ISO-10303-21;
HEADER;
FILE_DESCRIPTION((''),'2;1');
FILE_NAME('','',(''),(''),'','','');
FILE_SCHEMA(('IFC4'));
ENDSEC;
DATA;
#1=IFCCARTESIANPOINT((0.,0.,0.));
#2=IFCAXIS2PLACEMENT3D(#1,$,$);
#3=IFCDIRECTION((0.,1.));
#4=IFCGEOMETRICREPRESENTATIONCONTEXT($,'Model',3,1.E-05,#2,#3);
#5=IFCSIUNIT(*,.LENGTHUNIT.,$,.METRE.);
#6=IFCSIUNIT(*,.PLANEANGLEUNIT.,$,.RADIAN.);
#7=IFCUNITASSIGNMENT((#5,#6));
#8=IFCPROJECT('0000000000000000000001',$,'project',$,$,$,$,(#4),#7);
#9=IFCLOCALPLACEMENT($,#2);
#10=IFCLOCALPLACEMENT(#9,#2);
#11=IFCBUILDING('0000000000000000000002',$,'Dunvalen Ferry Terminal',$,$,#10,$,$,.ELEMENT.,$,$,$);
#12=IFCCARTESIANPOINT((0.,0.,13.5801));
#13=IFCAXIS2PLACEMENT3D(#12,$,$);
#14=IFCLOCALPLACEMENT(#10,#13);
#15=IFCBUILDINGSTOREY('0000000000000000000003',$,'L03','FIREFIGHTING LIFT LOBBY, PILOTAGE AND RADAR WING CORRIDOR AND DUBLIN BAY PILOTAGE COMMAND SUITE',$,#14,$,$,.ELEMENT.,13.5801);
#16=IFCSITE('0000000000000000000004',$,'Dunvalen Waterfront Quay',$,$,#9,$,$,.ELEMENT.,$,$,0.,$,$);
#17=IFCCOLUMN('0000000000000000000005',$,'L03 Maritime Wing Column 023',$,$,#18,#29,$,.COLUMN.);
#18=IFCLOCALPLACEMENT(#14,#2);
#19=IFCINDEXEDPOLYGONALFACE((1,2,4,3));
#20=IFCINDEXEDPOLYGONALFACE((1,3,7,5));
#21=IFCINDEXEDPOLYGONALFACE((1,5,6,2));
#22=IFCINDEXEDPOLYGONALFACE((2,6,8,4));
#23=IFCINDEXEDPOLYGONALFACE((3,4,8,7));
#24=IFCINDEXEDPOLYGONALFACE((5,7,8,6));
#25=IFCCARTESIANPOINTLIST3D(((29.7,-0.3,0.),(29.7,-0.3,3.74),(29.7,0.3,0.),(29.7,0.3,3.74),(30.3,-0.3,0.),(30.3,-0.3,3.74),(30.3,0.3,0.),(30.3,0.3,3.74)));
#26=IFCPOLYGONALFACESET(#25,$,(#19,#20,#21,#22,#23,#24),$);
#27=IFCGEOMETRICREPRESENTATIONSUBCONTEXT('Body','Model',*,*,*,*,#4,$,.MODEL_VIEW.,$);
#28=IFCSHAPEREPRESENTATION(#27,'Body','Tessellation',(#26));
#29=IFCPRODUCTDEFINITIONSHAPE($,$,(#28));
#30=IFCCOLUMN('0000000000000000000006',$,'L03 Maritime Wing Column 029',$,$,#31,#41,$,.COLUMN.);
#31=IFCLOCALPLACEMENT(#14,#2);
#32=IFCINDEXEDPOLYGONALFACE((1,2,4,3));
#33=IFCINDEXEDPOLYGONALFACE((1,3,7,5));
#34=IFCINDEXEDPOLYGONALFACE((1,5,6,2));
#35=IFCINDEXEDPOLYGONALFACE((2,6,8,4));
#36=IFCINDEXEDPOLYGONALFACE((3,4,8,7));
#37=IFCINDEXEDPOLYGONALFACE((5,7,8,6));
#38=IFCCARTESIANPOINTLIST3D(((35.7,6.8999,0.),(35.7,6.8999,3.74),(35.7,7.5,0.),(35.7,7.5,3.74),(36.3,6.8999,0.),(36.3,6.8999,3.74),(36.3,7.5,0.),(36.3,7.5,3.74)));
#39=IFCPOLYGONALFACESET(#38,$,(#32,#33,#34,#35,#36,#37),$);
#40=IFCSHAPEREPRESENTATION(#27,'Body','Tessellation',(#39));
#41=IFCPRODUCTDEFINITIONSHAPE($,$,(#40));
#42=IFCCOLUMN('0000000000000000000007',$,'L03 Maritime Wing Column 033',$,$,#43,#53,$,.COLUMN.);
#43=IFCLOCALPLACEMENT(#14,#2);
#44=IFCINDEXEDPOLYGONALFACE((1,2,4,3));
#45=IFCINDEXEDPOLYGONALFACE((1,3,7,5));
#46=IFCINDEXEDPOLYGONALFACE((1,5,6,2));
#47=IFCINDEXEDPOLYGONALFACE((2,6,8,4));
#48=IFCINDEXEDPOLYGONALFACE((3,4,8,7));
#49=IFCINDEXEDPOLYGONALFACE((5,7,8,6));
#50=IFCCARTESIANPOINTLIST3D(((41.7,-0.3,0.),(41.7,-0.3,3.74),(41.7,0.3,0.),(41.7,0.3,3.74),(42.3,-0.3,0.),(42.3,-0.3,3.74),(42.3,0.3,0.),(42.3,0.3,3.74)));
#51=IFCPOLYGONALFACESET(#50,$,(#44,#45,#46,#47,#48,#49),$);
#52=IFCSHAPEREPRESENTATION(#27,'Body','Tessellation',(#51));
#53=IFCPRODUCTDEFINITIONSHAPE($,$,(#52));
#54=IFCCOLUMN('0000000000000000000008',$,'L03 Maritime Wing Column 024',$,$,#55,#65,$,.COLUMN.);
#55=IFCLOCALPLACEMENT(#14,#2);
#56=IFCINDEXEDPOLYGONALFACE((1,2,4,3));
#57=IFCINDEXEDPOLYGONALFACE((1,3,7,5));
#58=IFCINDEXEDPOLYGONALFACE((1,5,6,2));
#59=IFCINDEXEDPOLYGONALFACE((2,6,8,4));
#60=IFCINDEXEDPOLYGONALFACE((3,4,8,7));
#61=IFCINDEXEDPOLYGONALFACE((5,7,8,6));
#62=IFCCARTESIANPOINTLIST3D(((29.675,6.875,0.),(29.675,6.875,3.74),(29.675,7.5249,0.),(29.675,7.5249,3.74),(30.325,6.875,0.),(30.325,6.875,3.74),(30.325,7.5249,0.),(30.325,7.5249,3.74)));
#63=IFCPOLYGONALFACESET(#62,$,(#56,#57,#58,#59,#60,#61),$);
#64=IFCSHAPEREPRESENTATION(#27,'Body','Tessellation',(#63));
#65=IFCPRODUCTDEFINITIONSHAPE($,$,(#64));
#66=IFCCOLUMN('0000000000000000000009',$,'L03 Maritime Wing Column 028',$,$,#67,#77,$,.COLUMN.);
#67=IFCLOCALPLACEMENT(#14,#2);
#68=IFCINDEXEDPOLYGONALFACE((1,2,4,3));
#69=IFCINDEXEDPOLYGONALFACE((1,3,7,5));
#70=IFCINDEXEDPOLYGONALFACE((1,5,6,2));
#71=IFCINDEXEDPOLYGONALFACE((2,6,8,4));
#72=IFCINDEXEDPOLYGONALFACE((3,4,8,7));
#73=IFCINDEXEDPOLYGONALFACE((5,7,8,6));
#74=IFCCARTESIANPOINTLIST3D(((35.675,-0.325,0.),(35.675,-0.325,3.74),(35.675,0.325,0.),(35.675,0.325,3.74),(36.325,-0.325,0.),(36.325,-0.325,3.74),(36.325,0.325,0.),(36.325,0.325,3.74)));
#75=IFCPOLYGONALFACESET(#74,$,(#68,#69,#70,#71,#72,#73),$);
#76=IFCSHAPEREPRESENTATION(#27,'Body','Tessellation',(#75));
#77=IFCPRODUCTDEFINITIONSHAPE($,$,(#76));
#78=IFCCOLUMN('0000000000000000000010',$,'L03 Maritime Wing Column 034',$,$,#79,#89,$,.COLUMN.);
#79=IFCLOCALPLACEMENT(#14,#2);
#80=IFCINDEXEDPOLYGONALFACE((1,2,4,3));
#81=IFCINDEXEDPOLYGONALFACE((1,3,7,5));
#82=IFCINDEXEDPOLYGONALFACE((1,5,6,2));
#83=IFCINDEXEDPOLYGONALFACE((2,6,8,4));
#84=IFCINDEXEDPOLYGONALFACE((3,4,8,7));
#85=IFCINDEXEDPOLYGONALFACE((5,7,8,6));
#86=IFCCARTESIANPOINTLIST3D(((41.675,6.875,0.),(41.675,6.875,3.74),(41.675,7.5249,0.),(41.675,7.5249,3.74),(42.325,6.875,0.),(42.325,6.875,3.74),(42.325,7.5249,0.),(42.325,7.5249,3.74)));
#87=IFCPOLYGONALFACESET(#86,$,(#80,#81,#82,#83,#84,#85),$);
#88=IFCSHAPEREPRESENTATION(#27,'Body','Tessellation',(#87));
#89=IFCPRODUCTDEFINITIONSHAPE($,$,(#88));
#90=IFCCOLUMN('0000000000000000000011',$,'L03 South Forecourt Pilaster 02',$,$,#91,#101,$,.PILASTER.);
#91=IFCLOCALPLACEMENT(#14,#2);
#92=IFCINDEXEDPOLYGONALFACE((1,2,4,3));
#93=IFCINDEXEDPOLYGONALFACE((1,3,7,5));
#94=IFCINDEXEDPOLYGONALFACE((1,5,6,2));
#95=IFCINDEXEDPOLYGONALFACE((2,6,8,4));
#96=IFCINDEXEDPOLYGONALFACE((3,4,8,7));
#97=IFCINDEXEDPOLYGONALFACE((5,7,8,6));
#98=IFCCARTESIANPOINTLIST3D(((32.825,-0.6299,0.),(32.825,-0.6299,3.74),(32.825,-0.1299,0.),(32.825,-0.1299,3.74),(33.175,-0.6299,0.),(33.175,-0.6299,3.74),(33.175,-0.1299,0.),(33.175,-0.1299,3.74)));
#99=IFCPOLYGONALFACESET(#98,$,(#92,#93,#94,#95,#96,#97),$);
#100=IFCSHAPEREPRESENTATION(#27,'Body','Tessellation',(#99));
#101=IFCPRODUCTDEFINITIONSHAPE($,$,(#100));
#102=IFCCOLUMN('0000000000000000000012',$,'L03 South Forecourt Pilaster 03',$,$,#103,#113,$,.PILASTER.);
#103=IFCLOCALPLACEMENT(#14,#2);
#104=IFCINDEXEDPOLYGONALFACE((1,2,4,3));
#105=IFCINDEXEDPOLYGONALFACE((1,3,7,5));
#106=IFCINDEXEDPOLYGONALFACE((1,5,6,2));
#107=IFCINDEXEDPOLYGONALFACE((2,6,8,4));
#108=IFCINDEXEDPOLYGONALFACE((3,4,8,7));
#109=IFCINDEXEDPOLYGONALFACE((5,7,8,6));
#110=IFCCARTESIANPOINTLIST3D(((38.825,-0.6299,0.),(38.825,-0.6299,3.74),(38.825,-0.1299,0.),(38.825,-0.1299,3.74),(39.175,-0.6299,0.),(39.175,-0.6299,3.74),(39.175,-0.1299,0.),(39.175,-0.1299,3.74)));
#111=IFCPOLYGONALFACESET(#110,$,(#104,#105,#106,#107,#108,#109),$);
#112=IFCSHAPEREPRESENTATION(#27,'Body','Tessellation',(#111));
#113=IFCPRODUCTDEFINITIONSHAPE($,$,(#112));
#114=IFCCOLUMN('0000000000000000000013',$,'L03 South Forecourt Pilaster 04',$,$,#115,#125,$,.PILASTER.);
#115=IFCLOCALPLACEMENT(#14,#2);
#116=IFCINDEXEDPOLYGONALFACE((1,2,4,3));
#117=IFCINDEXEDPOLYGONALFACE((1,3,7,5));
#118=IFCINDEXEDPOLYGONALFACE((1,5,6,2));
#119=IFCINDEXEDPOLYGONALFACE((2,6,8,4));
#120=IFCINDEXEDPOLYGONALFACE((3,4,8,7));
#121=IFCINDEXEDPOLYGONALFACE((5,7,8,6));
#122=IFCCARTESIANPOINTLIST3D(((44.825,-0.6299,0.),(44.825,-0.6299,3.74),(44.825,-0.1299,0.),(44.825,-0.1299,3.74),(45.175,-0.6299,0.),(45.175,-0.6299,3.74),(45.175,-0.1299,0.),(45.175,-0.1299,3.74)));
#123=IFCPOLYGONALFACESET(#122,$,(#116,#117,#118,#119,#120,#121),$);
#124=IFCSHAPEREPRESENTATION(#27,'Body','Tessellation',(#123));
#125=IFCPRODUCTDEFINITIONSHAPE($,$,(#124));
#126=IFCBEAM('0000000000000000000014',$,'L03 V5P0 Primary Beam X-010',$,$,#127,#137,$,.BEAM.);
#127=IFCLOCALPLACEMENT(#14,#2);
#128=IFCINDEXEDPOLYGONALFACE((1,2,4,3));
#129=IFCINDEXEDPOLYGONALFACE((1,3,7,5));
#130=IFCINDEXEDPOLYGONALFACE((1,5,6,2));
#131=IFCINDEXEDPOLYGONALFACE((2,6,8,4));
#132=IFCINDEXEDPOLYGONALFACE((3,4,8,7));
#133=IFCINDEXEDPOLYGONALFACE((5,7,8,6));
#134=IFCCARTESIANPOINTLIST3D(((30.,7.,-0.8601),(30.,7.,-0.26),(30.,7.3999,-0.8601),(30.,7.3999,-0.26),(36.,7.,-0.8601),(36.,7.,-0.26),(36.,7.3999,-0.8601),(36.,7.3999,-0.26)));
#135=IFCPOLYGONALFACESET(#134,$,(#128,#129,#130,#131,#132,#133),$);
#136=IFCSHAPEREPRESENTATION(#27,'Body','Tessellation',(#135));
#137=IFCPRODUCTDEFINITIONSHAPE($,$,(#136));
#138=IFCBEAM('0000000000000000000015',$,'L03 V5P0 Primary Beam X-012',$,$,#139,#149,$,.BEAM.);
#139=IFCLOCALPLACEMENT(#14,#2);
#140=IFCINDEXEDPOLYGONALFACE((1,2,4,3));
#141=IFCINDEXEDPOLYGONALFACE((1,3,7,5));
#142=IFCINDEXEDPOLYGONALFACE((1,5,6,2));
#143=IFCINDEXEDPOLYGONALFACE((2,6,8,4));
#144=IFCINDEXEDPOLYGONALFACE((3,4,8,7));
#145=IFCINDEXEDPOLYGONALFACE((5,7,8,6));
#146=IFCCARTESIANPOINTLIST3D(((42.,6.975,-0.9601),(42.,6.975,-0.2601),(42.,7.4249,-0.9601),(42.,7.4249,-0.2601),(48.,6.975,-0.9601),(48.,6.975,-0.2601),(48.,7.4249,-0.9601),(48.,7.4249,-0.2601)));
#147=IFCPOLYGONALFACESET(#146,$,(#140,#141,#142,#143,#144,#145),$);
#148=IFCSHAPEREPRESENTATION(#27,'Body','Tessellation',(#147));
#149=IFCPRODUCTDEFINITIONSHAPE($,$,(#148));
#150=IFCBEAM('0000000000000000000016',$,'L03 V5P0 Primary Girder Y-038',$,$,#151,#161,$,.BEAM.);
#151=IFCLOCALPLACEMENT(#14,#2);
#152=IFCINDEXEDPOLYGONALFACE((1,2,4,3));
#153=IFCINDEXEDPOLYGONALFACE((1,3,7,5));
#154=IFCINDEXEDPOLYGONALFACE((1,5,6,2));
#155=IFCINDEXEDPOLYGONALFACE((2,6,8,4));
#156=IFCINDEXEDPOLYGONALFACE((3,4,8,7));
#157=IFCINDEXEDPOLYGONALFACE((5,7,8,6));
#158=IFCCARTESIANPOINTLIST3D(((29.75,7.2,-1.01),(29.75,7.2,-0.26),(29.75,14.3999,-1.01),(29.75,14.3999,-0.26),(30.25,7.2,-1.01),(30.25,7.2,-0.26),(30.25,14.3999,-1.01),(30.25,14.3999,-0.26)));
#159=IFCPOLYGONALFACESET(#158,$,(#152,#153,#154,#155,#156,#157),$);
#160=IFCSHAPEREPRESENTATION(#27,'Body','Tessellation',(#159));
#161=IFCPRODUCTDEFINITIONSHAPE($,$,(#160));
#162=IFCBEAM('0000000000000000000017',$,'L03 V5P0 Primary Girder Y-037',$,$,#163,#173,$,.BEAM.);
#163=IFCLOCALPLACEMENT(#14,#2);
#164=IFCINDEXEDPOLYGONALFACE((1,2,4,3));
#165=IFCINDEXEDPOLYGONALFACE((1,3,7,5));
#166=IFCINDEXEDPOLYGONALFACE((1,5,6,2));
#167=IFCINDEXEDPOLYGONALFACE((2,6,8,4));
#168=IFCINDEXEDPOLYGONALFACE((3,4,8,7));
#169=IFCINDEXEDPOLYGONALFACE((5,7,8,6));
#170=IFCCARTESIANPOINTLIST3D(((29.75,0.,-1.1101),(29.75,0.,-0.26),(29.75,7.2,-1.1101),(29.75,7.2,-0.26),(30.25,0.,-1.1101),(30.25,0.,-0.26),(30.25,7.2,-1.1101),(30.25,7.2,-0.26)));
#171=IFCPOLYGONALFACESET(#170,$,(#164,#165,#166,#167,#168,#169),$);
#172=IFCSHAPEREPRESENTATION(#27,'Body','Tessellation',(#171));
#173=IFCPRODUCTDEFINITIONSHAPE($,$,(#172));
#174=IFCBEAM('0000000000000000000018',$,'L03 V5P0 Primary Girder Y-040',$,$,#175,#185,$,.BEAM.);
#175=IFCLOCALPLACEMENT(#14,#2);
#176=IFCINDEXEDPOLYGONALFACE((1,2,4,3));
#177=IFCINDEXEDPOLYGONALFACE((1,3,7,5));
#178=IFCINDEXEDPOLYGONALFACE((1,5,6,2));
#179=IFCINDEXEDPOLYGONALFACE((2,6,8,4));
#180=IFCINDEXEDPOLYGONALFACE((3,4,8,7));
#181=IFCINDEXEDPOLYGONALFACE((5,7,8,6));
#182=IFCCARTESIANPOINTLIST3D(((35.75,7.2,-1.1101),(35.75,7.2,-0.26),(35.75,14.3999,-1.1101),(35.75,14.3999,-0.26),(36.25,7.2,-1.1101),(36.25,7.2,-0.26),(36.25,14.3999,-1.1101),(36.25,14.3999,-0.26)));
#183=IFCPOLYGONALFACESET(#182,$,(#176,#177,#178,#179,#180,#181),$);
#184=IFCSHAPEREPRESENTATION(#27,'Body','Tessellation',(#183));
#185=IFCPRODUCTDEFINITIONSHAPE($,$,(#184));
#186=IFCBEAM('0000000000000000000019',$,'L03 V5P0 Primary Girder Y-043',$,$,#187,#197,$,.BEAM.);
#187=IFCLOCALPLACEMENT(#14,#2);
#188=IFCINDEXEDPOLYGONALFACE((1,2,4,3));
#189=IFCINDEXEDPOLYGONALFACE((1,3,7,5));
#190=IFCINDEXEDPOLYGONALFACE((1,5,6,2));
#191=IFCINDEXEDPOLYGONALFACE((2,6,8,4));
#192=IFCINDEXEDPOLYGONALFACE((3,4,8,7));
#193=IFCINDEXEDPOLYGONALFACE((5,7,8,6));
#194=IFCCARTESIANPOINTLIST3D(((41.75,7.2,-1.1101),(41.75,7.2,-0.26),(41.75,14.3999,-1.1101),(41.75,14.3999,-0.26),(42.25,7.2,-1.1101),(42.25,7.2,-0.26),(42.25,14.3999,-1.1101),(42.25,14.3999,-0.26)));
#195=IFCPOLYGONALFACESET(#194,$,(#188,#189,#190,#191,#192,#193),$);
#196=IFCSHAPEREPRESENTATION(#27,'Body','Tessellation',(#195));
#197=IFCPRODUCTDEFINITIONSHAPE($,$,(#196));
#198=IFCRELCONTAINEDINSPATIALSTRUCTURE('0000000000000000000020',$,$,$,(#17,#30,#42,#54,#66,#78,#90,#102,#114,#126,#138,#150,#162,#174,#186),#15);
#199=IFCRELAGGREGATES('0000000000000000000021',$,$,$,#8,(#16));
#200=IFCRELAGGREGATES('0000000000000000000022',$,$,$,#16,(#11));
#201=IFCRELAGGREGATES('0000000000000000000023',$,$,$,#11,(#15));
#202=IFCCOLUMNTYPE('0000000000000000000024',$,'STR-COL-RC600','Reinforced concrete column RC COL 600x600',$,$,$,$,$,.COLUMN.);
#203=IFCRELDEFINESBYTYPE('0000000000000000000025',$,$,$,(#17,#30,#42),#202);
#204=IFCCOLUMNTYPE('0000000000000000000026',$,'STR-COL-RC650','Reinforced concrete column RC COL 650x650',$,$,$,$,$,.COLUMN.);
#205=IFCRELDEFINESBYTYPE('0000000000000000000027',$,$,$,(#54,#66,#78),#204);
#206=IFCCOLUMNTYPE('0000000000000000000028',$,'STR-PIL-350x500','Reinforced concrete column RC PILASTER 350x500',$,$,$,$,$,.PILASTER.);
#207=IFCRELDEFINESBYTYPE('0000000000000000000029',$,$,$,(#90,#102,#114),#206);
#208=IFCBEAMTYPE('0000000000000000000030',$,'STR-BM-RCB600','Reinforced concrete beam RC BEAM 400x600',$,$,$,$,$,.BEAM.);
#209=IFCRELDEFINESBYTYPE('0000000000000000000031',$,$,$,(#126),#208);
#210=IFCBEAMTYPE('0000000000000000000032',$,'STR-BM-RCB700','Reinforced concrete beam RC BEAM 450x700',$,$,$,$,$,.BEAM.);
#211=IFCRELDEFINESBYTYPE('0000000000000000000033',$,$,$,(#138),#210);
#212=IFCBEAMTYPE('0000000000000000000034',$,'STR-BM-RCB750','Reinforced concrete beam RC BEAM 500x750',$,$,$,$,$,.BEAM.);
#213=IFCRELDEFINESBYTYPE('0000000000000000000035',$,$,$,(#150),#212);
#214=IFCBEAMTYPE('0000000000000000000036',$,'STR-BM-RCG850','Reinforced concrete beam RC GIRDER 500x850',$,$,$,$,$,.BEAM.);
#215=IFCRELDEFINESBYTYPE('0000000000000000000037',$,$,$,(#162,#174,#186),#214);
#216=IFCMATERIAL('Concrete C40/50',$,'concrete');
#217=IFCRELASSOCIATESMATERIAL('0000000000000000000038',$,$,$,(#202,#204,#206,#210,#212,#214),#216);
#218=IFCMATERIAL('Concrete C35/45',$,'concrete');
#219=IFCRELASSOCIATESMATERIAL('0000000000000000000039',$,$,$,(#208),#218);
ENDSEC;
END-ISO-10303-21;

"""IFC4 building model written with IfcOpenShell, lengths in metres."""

from ifc_helpers import new_model, si_unit, direction, frame, origin, origin_2d, place, context, subcontext, project, spatial, rectangle, extrude, material, material_profile, profile_set, type_object, element, save


model = new_model("IFC4")

# Units and contexts
model_context = context("Model", 3, precision=1e-05, world=origin(), true_north=direction((0.0, 1.0)))
body_context = subcontext(model_context, "Body", "Model", "MODEL_VIEW")
ifc_project = project(units=[si_unit("LENGTHUNIT", "METRE"), si_unit("PLANEANGLEUNIT", "RADIAN")], contexts=[model_context])

# Site, building, storey
site_placement = place(None, origin())
site = spatial("IfcSite", under=ifc_project, at=site_placement, Name="Dunvalen Waterfront Quay", CompositionType="ELEMENT", RefElevation=0.0)
building_placement = place(site_placement, origin())
building = spatial("IfcBuilding", under=site, at=building_placement, Name="Dunvalen Ferry Terminal", CompositionType="ELEMENT")
storey_placement = place(building_placement, frame((0.0, 0.0, 13.5801)))
storey = spatial("IfcBuildingStorey", under=building, at=storey_placement, Name="L03", Description="FIREFIGHTING LIFT LOBBY, PILOTAGE AND RADAR WING CORRIDOR AND DUBLIN BAY PILOTAGE COMMAND SUITE", CompositionType="ELEMENT", Elevation=13.5801)

# Columns
ifc_material_1 = material(Name="Concrete C40/50", Category="concrete")
ifc_material_profile_1 = material_profile(ifc_material_1, rectangle(XDim=0.6001, YDim=0.6001, at=origin_2d()), Name="Concrete C40/50")
ifc_profile_set_1 = profile_set([ifc_material_profile_1], Name="Concrete C40/50")
column_type_1 = type_object("IfcColumnType", Name="STR-COL-RC600", Description="Reinforced concrete column RC COL 600x600", PredefinedType="COLUMN", material=ifc_profile_set_1)
for number, where, z_axis, x_axis, name in (
    (1, (30.0, 0.0, 0.0), (0.0, 0.0, 1.0), (1.0, 0.0, 0.0), "L03 Maritime Wing Column 023"),
    (2, (36.0, 7.2, 0.0), (0.0, 0.0, 1.0), (1.0, 0.0, 0.0), "L03 Maritime Wing Column 029"),
    (3, (42.0, 0.0, 0.0), (0.0, 0.0, 1.0), (1.0, 0.0, 0.0), "L03 Maritime Wing Column 033"),
):
    element("IfcColumn", number, at=place(storey_placement, frame(where, z_axis=z_axis, x_axis=x_axis)), inside=storey, type_object=column_type_1, Name=name, PredefinedType="COLUMN", context=body_context, shape_type="SweptSolid", body=[
        extrude(rectangle(XDim=0.6001, YDim=0.6001, at=origin_2d()), origin(), (0.0, 0.0, 1.0), 3.74),
    ])
ifc_material_profile_2 = material_profile(ifc_material_1, rectangle(XDim=0.6499, YDim=0.6499, at=origin_2d()), Name="Concrete C40/50")
ifc_profile_set_2 = profile_set([ifc_material_profile_2], Name="Concrete C40/50")
column_type_2 = type_object("IfcColumnType", Name="STR-COL-RC650", Description="Reinforced concrete column RC COL 650x650", PredefinedType="COLUMN", material=ifc_profile_set_2)
for number, where, z_axis, x_axis, name in (
    (4, (30.0, 7.2, 0.0), (0.0, 0.0, 1.0), (1.0, 0.0, 0.0), "L03 Maritime Wing Column 024"),
    (5, (36.0, 0.0, 0.0), (0.0, 0.0, 1.0), (1.0, 0.0, 0.0), "L03 Maritime Wing Column 028"),
    (6, (42.0, 7.2, 0.0), (0.0, 0.0, 1.0), (1.0, 0.0, 0.0), "L03 Maritime Wing Column 034"),
):
    element("IfcColumn", number, at=place(storey_placement, frame(where, z_axis=z_axis, x_axis=x_axis)), inside=storey, type_object=column_type_2, Name=name, PredefinedType="COLUMN", context=body_context, shape_type="SweptSolid", body=[
        extrude(rectangle(XDim=0.6499, YDim=0.6499, at=origin_2d()), origin(), (0.0, 0.0, 1.0), 3.74),
    ])
ifc_material_profile_3 = material_profile(ifc_material_1, rectangle(XDim=0.3501, YDim=0.5, at=origin_2d()), Name="Concrete C40/50")
ifc_profile_set_3 = profile_set([ifc_material_profile_3], Name="Concrete C40/50")
column_type_3 = type_object("IfcColumnType", Name="STR-PIL-350x500", Description="Reinforced concrete column RC PILASTER 350x500", PredefinedType="PILASTER", material=ifc_profile_set_3)
for number, where, z_axis, x_axis, name in (
    (7, (33.0, -0.3799, 0.0), (0.0, 0.0, 1.0), (1.0, 0.0, 0.0), "L03 South Forecourt Pilaster 02"),
    (8, (39.0, -0.3799, 0.0), (0.0, 0.0, 1.0), (1.0, 0.0, 0.0), "L03 South Forecourt Pilaster 03"),
    (9, (45.0, -0.3799, 0.0), (0.0, 0.0, 1.0), (1.0, 0.0, 0.0), "L03 South Forecourt Pilaster 04"),
):
    element("IfcColumn", number, at=place(storey_placement, frame(where, z_axis=z_axis, x_axis=x_axis)), inside=storey, type_object=column_type_3, Name=name, PredefinedType="PILASTER", context=body_context, shape_type="SweptSolid", body=[
        extrude(rectangle(XDim=0.3501, YDim=0.5, at=origin_2d()), origin(), (0.0, 0.0, 1.0), 3.74),
    ])

# Beams
ifc_material_2 = material(Name="Concrete C35/45", Category="concrete")
ifc_material_profile_4 = material_profile(ifc_material_2, rectangle(XDim=0.3999, YDim=0.6001, at=origin_2d()), Name="Concrete C35/45")
ifc_profile_set_4 = profile_set([ifc_material_profile_4], Name="Concrete C35/45")
beam_type_1 = type_object("IfcBeamType", Name="STR-BM-RCB600", Description="Reinforced concrete beam RC BEAM 400x600", PredefinedType="BEAM", material=ifc_profile_set_4)
beam_1_placement = place(storey_placement, frame((30.0, 7.2, -0.5601), z_axis=(1.0, 0.0, 0.0), x_axis=(0.0, 1.0, 0.0)))
element("IfcBeam", 10, at=beam_1_placement, inside=storey, type_object=beam_type_1, Name="L03 V5P0 Primary Beam X-010", PredefinedType="BEAM", context=body_context, shape_type="SweptSolid", body=[
    extrude(rectangle(XDim=0.3999, YDim=0.6001, at=origin_2d()), origin(), (0.0, 0.0, 1.0), 6.0),
])
ifc_material_profile_5 = material_profile(ifc_material_1, rectangle(XDim=0.45, YDim=0.7, at=origin_2d()), Name="Concrete C40/50")
ifc_profile_set_5 = profile_set([ifc_material_profile_5], Name="Concrete C40/50")
beam_type_2 = type_object("IfcBeamType", Name="STR-BM-RCB700", Description="Reinforced concrete beam RC BEAM 450x700", PredefinedType="BEAM", material=ifc_profile_set_5)
beam_2_placement = place(storey_placement, frame((42.0, 7.2, -0.6101), z_axis=(1.0, 0.0, 0.0), x_axis=(0.0, 1.0, 0.0)))
element("IfcBeam", 11, at=beam_2_placement, inside=storey, type_object=beam_type_2, Name="L03 V5P0 Primary Beam X-012", PredefinedType="BEAM", context=body_context, shape_type="SweptSolid", body=[
    extrude(rectangle(XDim=0.45, YDim=0.7, at=origin_2d()), origin(), (0.0, 0.0, 1.0), 6.0),
])
ifc_material_profile_6 = material_profile(ifc_material_1, rectangle(XDim=0.5, YDim=0.75, at=origin_2d()), Name="Concrete C40/50")
ifc_profile_set_6 = profile_set([ifc_material_profile_6], Name="Concrete C40/50")
beam_type_3 = type_object("IfcBeamType", Name="STR-BM-RCB750", Description="Reinforced concrete beam RC BEAM 500x750", PredefinedType="BEAM", material=ifc_profile_set_6)
beam_3_placement = place(storey_placement, frame((30.0, 7.2, -0.635), z_axis=(0.0, 1.0, 0.0), x_axis=(-1.0, 0.0, 0.0)))
element("IfcBeam", 12, at=beam_3_placement, inside=storey, type_object=beam_type_3, Name="L03 V5P0 Primary Girder Y-038", PredefinedType="BEAM", context=body_context, shape_type="SweptSolid", body=[
    extrude(rectangle(XDim=0.5, YDim=0.75, at=origin_2d()), origin(), (0.0, 0.0, 1.0), 7.2),
])
ifc_material_profile_7 = material_profile(ifc_material_1, rectangle(XDim=0.5, YDim=0.8501, at=origin_2d()), Name="Concrete C40/50")
ifc_profile_set_7 = profile_set([ifc_material_profile_7], Name="Concrete C40/50")
beam_type_4 = type_object("IfcBeamType", Name="STR-BM-RCG850", Description="Reinforced concrete beam RC GIRDER 500x850", PredefinedType="BEAM", material=ifc_profile_set_7)
for number, where, z_axis, x_axis, name in (
    (13, (30.0, 0.0, -0.6851), (0.0, 1.0, 0.0), (-1.0, 0.0, 0.0), "L03 V5P0 Primary Girder Y-037"),
    (14, (36.0, 7.2, -0.6851), (0.0, 1.0, 0.0), (-1.0, 0.0, 0.0), "L03 V5P0 Primary Girder Y-040"),
    (15, (42.0, 7.2, -0.6851), (0.0, 1.0, 0.0), (-1.0, 0.0, 0.0), "L03 V5P0 Primary Girder Y-043"),
):
    element("IfcBeam", number, at=place(storey_placement, frame(where, z_axis=z_axis, x_axis=x_axis)), inside=storey, type_object=beam_type_4, Name=name, PredefinedType="BEAM", context=body_context, shape_type="SweptSolid", body=[
        extrude(rectangle(XDim=0.5, YDim=0.8501, at=origin_2d()), origin(), (0.0, 0.0, 1.0), 7.2),
    ])

save(model, "model.ifc")
